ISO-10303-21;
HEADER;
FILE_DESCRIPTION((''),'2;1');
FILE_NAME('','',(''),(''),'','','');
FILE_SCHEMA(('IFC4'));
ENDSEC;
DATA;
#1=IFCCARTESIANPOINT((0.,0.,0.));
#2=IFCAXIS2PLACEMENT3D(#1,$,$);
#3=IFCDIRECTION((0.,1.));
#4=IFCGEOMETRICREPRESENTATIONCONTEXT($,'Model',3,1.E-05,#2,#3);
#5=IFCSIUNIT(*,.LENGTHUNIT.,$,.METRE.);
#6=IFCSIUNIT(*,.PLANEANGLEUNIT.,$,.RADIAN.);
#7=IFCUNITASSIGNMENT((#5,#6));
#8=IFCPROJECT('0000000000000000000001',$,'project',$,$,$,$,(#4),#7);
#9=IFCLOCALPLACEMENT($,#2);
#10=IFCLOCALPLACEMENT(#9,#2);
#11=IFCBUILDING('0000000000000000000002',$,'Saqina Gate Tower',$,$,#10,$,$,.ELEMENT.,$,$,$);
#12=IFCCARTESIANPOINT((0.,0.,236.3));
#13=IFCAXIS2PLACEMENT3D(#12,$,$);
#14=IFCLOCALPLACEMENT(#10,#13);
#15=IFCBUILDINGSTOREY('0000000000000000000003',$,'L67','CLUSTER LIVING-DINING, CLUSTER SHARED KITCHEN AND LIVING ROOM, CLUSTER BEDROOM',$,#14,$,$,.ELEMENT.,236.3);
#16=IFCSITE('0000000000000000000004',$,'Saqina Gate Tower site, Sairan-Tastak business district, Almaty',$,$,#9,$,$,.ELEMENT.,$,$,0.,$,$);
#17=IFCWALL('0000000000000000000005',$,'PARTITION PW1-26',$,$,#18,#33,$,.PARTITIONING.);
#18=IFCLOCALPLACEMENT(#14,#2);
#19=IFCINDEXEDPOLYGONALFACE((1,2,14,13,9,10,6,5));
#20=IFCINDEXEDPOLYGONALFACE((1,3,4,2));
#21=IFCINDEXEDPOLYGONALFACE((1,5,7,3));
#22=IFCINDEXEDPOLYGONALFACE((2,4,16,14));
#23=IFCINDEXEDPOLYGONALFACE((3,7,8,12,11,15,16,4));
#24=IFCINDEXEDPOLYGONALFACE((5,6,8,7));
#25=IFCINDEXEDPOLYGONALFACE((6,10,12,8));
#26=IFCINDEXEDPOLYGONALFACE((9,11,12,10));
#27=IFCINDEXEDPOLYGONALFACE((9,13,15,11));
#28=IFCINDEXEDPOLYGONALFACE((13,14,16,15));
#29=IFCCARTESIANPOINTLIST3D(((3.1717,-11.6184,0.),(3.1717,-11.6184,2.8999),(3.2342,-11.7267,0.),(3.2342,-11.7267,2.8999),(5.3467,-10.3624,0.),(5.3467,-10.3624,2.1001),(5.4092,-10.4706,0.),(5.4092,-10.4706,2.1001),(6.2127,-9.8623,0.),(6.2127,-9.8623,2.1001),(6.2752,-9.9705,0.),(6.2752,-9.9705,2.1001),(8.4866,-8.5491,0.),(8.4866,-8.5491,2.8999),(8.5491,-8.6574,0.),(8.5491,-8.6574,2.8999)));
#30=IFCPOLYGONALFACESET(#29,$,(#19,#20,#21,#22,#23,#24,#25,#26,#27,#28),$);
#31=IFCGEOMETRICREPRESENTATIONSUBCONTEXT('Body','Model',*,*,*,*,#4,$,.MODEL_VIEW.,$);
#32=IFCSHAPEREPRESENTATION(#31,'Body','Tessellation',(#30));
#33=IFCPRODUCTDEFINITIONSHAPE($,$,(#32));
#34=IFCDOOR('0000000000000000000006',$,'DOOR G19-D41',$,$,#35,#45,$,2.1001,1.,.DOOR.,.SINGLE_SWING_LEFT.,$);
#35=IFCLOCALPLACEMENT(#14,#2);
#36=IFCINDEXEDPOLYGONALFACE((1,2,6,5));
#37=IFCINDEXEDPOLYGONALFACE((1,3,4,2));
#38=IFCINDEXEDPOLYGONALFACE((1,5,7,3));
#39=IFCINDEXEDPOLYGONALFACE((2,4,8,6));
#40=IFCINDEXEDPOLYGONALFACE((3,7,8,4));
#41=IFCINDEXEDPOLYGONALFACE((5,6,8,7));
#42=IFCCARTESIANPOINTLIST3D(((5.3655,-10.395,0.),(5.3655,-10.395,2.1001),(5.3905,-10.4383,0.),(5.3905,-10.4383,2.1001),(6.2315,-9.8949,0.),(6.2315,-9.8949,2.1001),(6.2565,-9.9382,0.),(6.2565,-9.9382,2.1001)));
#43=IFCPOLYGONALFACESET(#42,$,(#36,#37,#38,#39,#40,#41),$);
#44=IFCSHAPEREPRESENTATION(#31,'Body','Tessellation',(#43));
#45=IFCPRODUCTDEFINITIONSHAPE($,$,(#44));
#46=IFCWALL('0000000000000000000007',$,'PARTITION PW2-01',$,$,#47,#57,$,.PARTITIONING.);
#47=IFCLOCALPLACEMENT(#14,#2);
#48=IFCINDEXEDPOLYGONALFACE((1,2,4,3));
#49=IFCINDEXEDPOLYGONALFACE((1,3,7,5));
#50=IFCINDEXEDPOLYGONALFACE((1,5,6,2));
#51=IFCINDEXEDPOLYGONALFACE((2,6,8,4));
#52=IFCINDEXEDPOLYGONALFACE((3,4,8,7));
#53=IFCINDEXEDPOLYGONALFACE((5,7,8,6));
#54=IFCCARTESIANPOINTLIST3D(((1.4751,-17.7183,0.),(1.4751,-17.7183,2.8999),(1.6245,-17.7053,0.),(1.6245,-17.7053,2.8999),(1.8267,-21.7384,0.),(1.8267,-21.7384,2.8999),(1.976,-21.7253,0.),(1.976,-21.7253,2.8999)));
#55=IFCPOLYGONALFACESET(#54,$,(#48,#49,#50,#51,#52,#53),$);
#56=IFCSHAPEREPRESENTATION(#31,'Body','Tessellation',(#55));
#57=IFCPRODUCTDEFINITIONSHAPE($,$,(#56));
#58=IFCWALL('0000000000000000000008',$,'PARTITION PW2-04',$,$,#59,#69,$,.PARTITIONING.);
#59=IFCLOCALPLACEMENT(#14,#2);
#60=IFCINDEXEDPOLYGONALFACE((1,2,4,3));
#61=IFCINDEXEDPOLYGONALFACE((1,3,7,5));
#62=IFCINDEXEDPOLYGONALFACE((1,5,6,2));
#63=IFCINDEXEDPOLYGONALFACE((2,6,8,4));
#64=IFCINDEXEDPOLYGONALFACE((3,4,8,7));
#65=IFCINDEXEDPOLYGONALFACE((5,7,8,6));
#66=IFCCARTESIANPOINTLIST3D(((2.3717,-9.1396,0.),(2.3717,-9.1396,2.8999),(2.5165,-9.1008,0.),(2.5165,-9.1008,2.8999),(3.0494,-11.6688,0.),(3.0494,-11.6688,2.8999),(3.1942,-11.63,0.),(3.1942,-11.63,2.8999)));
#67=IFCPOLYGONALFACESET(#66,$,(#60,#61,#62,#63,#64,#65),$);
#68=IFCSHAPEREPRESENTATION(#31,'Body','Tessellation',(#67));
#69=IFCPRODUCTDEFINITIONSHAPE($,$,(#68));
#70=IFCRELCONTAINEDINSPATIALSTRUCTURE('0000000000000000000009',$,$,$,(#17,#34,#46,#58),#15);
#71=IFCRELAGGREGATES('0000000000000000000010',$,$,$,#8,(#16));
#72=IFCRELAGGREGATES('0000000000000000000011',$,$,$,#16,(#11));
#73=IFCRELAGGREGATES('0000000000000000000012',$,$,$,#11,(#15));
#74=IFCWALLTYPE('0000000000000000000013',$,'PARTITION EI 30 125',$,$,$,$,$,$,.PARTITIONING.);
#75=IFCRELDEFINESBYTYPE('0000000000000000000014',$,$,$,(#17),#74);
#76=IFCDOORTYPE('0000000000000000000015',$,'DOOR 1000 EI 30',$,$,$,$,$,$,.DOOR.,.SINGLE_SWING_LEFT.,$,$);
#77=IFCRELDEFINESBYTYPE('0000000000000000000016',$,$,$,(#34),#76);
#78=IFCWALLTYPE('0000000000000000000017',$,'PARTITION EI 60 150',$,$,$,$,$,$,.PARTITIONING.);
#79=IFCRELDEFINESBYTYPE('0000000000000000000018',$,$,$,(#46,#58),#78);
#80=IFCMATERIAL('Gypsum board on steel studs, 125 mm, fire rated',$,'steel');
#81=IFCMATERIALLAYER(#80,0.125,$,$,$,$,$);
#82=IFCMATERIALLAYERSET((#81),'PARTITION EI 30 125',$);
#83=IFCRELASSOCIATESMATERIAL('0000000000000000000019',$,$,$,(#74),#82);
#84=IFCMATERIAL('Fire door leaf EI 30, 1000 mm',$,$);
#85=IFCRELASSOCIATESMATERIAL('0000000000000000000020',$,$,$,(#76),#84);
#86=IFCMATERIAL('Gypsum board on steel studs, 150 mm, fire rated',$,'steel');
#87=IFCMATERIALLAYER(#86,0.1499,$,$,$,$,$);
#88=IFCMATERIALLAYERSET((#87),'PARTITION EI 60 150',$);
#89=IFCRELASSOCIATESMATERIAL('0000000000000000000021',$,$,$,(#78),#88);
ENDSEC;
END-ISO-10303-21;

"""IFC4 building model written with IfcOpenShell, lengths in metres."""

from ifc_helpers import new_model, si_unit, direction, frame, frame_2d, origin, place, context, subcontext, project, spatial, rectangle, extrude, material, layer, layer_set, type_object, element, fill, save


model = new_model("IFC4")

# Units and contexts
model_context = context("Model", 3, precision=1e-05, world=origin(), true_north=direction((0.0, 1.0)))
body_context = subcontext(model_context, "Body", "Model", "MODEL_VIEW")
ifc_project = project(units=[si_unit("LENGTHUNIT", "METRE"), si_unit("PLANEANGLEUNIT", "RADIAN")], contexts=[model_context])

# Site, building, storey
site_placement = place(None, origin())
site = spatial("IfcSite", under=ifc_project, at=site_placement, Name="Saqina Gate Tower site, Sairan-Tastak business district, Almaty", CompositionType="ELEMENT", RefElevation=0.0)
building_placement = place(site_placement, origin())
building = spatial("IfcBuilding", under=site, at=building_placement, Name="Saqina Gate Tower", CompositionType="ELEMENT")
storey_placement = place(building_placement, frame((0.0, 0.0, 236.3)))
storey = spatial("IfcBuildingStorey", under=building, at=storey_placement, Name="L67", Description="CLUSTER LIVING-DINING, CLUSTER SHARED KITCHEN AND LIVING ROOM, CLUSTER BEDROOM", CompositionType="ELEMENT", Elevation=236.3)

# Shared definitions
ifc_material_1 = material(Name="Gypsum board on steel studs, 125 mm, fire rated", Category="steel")
ifc_layer_1 = layer(ifc_material_1, 0.125)
ifc_layer_set_1 = layer_set([ifc_layer_1], Name="PARTITION EI 30 125")
wall_type_1 = type_object("IfcWallType", Name="PARTITION EI 30 125", PredefinedType="PARTITIONING", material=ifc_layer_set_1)

# Wall, opening, door
wall_1_placement = place(storey_placement, frame((3.2029, -11.6726, 0.0), z_axis=(0.0, 0.0, 1.0), x_axis=(0.865972, 0.500092, 0.0)))
wall_1 = element("IfcWall", 1, at=wall_1_placement, inside=storey, type_object=wall_type_1, Name="PARTITION PW1-26", PredefinedType="PARTITIONING", context=body_context, shape_type="SweptSolid", body=[
    extrude(rectangle(XDim=6.1375, YDim=0.125, at=frame_2d((3.0688, 0.0))), origin(), (0.0, 0.0, 1.0), 2.8999),
])
opening_1_placement = place(wall_1_placement, frame((2.5117, 0.0, 0.0)))
opening_1 = element("IfcOpeningElement", 2, at=opening_1_placement, cuts=wall_1, PredefinedType="OPENING", context=body_context, shape_type="SweptSolid", body=[
    extrude(rectangle(XDim=1.0, YDim=2.1001, at=frame_2d((0.5, 1.05))), frame((0.0, 0.0745, 0.0), z_axis=(0.0, -1.0, 0.0), x_axis=(1.0, 0.0, 0.0)), (0.0, 0.0, 1.0), 0.1489),
])
ifc_material_2 = material(Name="Fire door leaf EI 30, 1000 mm")
door_type_1 = type_object("IfcDoorType", Name="DOOR 1000 EI 30", OperationType="SINGLE_SWING_LEFT", PredefinedType="DOOR", material=ifc_material_2)
door_1_placement = place(opening_1_placement, origin())
door_1 = element("IfcDoor", 3, at=door_1_placement, inside=storey, type_object=door_type_1, Name="DOOR G19-D41", OperationType="SINGLE_SWING_LEFT", OverallHeight=2.1001, OverallWidth=1.0, PredefinedType="DOOR", context=body_context, shape_type="SweptSolid", body=[
    extrude(rectangle(XDim=1.0, YDim=2.1001, at=frame_2d((0.5, 1.05))), frame((0.0, 0.0249, 0.0), z_axis=(0.0, -1.0, 0.0), x_axis=(1.0, 0.0, 0.0)), (0.0, 0.0, 1.0), 0.05),
])
fill(opening_1, door_1)

# Walls
ifc_material_3 = material(Name="Gypsum board on steel studs, 150 mm, fire rated", Category="steel")
ifc_layer_2 = layer(ifc_material_3, 0.1499)
ifc_layer_set_2 = layer_set([ifc_layer_2], Name="PARTITION EI 60 150")
wall_type_2 = type_object("IfcWallType", Name="PARTITION EI 60 150", PredefinedType="PARTITIONING", material=ifc_layer_set_2)
wall_2_placement = place(storey_placement, frame((1.5498, -17.7119, 0.0), z_axis=(0.0, 0.0, 1.0), x_axis=(0.08712, -0.996198, 0.0)))
element("IfcWall", 4, at=wall_2_placement, inside=storey, type_object=wall_type_2, Name="PARTITION PW2-01", PredefinedType="PARTITIONING", context=body_context, shape_type="SweptSolid", body=[
    extrude(rectangle(XDim=4.0354, YDim=0.1499, at=frame_2d((2.0176, 0.0))), origin(), (0.0, 0.0, 1.0), 2.8999),
])
wall_3_placement = place(storey_placement, frame((2.4441, -9.1204, 0.0), z_axis=(0.0, 0.0, 1.0), x_axis=(0.258823, -0.965925, 0.0)))
element("IfcWall", 5, at=wall_3_placement, inside=storey, type_object=wall_type_2, Name="PARTITION PW2-04", PredefinedType="PARTITIONING", context=body_context, shape_type="SweptSolid", body=[
    extrude(rectangle(XDim=2.6184, YDim=0.1499, at=frame_2d((1.3091, 0.0))), origin(), (0.0, 0.0, 1.0), 2.8999),
])

save(model, "model.ifc")
